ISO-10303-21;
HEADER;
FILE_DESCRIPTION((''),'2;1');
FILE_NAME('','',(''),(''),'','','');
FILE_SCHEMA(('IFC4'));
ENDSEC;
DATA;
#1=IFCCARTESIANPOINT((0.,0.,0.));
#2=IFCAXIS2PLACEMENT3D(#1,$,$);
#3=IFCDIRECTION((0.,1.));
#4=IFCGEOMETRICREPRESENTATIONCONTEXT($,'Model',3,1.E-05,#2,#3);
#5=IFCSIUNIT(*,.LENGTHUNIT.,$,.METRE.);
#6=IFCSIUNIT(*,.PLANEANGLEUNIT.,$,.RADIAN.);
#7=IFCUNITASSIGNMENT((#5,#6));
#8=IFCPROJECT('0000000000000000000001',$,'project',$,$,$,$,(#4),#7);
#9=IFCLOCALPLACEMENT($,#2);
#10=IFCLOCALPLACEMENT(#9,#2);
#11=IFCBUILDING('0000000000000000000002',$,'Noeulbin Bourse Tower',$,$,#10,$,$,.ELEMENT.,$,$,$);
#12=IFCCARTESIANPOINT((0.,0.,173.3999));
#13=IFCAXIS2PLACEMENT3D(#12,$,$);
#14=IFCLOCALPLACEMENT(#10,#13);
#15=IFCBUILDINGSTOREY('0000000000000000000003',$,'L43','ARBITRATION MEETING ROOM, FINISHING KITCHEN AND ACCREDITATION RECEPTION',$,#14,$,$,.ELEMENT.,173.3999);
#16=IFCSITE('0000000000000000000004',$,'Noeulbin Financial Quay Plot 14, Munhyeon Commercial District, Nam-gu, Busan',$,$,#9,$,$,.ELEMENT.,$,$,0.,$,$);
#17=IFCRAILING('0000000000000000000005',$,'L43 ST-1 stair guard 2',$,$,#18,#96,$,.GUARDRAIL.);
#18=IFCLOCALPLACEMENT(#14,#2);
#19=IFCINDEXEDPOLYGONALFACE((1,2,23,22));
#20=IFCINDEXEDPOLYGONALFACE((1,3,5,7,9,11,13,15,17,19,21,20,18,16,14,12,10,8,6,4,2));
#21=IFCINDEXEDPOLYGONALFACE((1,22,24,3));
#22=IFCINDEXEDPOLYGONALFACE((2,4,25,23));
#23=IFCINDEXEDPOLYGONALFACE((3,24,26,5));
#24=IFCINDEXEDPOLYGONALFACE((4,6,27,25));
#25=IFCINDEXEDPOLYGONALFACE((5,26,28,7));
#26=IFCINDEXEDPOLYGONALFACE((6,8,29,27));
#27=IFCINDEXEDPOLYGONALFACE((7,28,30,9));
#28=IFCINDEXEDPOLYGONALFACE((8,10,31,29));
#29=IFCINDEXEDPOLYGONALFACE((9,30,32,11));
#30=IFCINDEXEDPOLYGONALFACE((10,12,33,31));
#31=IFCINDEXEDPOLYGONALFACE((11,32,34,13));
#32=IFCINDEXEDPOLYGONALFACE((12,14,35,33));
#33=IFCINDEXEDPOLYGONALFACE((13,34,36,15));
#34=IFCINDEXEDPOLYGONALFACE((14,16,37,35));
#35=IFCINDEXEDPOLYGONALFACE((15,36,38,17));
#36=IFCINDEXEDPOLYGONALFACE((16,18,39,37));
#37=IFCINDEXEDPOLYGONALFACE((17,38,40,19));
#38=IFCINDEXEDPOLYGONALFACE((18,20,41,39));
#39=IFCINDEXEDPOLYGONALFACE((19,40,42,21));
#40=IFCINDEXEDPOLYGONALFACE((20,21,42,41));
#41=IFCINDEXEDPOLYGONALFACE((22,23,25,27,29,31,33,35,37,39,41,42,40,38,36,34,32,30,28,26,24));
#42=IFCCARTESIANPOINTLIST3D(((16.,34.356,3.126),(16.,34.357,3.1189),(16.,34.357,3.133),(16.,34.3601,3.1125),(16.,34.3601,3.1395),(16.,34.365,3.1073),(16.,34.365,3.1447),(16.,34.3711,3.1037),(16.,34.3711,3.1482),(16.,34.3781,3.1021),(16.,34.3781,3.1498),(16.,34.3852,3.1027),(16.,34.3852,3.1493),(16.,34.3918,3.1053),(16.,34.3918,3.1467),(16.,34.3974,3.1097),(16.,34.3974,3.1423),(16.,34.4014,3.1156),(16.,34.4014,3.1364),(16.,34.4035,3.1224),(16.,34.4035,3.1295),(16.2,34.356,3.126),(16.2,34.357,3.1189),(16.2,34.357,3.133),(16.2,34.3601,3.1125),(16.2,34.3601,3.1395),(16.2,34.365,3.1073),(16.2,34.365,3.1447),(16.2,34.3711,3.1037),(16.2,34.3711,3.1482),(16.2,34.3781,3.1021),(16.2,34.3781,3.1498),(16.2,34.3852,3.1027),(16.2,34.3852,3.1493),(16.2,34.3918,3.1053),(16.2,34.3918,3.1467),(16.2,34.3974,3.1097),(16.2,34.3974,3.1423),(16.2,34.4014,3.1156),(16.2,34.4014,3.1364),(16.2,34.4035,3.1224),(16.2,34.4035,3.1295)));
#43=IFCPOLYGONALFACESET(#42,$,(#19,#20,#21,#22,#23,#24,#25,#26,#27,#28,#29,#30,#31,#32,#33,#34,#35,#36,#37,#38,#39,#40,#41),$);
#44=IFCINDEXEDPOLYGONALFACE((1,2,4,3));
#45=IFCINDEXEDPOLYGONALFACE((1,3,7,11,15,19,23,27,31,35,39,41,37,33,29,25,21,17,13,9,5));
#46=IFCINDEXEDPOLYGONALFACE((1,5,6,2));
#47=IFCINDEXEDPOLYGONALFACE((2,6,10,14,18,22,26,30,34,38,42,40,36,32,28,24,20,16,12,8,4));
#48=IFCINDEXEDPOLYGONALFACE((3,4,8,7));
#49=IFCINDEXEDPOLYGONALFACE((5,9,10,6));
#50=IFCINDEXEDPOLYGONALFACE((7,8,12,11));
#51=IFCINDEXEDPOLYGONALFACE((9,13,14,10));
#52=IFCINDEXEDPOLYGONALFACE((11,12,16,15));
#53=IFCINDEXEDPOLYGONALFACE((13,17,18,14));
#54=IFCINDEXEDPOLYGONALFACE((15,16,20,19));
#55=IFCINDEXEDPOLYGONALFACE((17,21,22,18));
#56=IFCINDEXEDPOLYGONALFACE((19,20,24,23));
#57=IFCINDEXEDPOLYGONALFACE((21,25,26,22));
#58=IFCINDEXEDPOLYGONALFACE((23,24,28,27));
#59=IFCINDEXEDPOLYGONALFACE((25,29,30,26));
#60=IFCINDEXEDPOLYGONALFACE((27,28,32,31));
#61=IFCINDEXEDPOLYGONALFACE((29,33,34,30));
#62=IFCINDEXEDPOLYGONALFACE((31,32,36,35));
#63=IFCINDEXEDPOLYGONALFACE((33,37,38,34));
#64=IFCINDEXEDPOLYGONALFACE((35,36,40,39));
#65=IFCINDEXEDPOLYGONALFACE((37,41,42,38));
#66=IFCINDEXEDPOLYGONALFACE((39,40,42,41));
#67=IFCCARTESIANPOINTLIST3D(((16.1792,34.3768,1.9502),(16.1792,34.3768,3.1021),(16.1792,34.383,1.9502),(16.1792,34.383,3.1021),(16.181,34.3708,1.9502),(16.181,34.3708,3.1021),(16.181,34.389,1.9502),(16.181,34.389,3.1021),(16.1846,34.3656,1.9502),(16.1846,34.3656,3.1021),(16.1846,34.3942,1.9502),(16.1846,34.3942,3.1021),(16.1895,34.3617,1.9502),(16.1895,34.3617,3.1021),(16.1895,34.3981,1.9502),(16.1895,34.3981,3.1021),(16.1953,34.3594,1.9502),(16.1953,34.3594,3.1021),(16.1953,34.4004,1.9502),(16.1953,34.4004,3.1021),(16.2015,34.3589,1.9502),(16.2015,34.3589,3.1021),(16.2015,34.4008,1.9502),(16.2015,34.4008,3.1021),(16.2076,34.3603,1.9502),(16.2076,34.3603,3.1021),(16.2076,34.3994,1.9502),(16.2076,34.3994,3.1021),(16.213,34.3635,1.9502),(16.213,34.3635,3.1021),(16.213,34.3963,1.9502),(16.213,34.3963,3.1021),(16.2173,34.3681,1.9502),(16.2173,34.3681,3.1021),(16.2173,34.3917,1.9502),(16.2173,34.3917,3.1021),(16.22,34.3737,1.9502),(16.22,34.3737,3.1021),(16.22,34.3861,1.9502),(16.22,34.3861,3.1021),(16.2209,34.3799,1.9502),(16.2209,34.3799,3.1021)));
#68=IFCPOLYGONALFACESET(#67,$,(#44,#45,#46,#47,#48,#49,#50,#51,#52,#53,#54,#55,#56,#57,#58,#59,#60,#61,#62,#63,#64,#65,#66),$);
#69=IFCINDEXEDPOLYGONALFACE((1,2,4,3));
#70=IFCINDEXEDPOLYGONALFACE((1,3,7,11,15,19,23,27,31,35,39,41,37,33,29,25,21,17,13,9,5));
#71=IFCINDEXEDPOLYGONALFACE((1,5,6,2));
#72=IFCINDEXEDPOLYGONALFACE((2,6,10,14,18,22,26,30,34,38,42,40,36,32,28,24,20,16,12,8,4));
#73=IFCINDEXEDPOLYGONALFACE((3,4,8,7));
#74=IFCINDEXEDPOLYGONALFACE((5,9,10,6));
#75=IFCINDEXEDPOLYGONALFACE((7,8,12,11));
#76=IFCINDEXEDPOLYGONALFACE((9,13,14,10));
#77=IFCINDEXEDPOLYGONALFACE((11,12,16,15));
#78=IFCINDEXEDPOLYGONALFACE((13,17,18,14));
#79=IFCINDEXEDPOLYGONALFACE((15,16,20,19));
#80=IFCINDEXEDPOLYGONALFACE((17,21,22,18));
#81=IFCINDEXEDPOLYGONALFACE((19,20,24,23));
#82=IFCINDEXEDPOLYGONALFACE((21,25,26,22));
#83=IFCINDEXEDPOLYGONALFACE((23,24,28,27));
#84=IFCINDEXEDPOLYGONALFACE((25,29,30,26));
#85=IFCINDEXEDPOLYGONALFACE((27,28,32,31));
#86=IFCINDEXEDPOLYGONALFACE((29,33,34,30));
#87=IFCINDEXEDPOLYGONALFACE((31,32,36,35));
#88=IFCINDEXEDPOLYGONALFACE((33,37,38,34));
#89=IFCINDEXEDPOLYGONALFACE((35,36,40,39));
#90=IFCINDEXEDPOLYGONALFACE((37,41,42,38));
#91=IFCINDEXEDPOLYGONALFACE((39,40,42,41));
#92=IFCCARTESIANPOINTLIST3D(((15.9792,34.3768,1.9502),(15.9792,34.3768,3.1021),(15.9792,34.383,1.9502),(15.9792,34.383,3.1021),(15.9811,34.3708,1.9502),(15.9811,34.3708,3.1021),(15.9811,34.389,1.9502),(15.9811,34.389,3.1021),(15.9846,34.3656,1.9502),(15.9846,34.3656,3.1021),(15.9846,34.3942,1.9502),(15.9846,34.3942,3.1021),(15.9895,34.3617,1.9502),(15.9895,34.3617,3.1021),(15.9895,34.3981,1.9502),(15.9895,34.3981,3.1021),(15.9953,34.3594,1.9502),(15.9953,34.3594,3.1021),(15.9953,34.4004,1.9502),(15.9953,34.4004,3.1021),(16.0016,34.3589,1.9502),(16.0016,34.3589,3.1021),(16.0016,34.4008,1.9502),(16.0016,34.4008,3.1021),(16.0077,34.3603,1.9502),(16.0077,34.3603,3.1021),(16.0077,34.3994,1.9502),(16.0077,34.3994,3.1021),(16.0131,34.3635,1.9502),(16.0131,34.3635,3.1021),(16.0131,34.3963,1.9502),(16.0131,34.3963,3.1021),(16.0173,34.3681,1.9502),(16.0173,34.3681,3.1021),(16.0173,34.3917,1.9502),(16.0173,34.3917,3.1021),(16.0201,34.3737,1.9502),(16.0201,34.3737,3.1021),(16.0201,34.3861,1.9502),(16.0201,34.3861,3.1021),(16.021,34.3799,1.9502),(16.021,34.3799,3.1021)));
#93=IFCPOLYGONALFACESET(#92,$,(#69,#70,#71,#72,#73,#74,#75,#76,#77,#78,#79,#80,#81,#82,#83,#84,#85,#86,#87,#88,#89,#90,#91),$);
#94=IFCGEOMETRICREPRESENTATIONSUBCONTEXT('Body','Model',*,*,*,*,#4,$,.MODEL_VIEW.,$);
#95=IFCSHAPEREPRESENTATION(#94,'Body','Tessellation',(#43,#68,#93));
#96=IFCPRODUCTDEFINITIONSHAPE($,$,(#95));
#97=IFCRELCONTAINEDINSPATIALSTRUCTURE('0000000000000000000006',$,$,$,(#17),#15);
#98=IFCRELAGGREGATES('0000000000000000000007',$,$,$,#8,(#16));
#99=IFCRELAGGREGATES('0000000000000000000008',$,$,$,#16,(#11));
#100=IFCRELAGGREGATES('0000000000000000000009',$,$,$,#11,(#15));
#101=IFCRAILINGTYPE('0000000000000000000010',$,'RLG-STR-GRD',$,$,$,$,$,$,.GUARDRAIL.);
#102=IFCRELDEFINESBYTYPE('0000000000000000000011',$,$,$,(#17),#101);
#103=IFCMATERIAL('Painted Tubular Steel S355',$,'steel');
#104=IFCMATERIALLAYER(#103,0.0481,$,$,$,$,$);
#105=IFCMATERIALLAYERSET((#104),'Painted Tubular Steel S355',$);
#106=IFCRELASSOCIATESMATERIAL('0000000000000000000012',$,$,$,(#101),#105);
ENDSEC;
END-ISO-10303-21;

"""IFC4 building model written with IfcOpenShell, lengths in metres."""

from ifc_helpers import new_model, si_unit, direction, frame, origin, origin_2d, place, context, subcontext, project, spatial, circle, extrude, material, layer, layer_set, type_object, element, save


model = new_model("IFC4")

# Units and contexts
model_context = context("Model", 3, precision=1e-05, world=origin(), true_north=direction((0.0, 1.0)))
body_context = subcontext(model_context, "Body", "Model", "MODEL_VIEW")
ifc_project = project(units=[si_unit("LENGTHUNIT", "METRE"), si_unit("PLANEANGLEUNIT", "RADIAN")], contexts=[model_context])

# Site, building, storey
site_placement = place(None, origin())
site = spatial("IfcSite", under=ifc_project, at=site_placement, Name="Noeulbin Financial Quay Plot 14, Munhyeon Commercial District, Nam-gu, Busan", CompositionType="ELEMENT", RefElevation=0.0)
building_placement = place(site_placement, origin())
building = spatial("IfcBuilding", under=site, at=building_placement, Name="Noeulbin Bourse Tower", CompositionType="ELEMENT")
storey_placement = place(building_placement, frame((0.0, 0.0, 173.3999)))
storey = spatial("IfcBuildingStorey", under=building, at=storey_placement, Name="L43", Description="ARBITRATION MEETING ROOM, FINISHING KITCHEN AND ACCREDITATION RECEPTION", CompositionType="ELEMENT", Elevation=173.3999)

# Railing
ifc_material_1 = material(Name="Painted Tubular Steel S355", Category="steel")
ifc_layer_1 = layer(ifc_material_1, 0.0481)
ifc_layer_set_1 = layer_set([ifc_layer_1], Name="Painted Tubular Steel S355")
railing_type_1 = type_object("IfcRailingType", Name="RLG-STR-GRD", PredefinedType="GUARDRAIL", material=ifc_layer_set_1)
railing_1_placement = place(storey_placement, frame((16.2, 34.3799, 1.9502)))
element("IfcRailing", 1, at=railing_1_placement, inside=storey, type_object=railing_type_1, Name="L43 ST-1 stair guard 2", PredefinedType="GUARDRAIL", context=body_context, shape_type="SweptSolid", body=[
    extrude(circle(Radius=0.0239, at=origin_2d()), frame((0.0, 0.0, 1.1758), z_axis=(-1.0, 0.0, 0.0), x_axis=(0.0, -1.0, 0.0)), (0.0, 0.0, 1.0), 0.2),
    extrude(circle(Radius=0.021, at=origin_2d()), origin(), (0.0, 0.0, 1.0), 1.1519),
    extrude(circle(Radius=0.021, at=origin_2d()), frame((-0.2, 0.0, 0.0)), (0.0, 0.0, 1.0), 1.1519),
])

save(model, "model.ifc")
